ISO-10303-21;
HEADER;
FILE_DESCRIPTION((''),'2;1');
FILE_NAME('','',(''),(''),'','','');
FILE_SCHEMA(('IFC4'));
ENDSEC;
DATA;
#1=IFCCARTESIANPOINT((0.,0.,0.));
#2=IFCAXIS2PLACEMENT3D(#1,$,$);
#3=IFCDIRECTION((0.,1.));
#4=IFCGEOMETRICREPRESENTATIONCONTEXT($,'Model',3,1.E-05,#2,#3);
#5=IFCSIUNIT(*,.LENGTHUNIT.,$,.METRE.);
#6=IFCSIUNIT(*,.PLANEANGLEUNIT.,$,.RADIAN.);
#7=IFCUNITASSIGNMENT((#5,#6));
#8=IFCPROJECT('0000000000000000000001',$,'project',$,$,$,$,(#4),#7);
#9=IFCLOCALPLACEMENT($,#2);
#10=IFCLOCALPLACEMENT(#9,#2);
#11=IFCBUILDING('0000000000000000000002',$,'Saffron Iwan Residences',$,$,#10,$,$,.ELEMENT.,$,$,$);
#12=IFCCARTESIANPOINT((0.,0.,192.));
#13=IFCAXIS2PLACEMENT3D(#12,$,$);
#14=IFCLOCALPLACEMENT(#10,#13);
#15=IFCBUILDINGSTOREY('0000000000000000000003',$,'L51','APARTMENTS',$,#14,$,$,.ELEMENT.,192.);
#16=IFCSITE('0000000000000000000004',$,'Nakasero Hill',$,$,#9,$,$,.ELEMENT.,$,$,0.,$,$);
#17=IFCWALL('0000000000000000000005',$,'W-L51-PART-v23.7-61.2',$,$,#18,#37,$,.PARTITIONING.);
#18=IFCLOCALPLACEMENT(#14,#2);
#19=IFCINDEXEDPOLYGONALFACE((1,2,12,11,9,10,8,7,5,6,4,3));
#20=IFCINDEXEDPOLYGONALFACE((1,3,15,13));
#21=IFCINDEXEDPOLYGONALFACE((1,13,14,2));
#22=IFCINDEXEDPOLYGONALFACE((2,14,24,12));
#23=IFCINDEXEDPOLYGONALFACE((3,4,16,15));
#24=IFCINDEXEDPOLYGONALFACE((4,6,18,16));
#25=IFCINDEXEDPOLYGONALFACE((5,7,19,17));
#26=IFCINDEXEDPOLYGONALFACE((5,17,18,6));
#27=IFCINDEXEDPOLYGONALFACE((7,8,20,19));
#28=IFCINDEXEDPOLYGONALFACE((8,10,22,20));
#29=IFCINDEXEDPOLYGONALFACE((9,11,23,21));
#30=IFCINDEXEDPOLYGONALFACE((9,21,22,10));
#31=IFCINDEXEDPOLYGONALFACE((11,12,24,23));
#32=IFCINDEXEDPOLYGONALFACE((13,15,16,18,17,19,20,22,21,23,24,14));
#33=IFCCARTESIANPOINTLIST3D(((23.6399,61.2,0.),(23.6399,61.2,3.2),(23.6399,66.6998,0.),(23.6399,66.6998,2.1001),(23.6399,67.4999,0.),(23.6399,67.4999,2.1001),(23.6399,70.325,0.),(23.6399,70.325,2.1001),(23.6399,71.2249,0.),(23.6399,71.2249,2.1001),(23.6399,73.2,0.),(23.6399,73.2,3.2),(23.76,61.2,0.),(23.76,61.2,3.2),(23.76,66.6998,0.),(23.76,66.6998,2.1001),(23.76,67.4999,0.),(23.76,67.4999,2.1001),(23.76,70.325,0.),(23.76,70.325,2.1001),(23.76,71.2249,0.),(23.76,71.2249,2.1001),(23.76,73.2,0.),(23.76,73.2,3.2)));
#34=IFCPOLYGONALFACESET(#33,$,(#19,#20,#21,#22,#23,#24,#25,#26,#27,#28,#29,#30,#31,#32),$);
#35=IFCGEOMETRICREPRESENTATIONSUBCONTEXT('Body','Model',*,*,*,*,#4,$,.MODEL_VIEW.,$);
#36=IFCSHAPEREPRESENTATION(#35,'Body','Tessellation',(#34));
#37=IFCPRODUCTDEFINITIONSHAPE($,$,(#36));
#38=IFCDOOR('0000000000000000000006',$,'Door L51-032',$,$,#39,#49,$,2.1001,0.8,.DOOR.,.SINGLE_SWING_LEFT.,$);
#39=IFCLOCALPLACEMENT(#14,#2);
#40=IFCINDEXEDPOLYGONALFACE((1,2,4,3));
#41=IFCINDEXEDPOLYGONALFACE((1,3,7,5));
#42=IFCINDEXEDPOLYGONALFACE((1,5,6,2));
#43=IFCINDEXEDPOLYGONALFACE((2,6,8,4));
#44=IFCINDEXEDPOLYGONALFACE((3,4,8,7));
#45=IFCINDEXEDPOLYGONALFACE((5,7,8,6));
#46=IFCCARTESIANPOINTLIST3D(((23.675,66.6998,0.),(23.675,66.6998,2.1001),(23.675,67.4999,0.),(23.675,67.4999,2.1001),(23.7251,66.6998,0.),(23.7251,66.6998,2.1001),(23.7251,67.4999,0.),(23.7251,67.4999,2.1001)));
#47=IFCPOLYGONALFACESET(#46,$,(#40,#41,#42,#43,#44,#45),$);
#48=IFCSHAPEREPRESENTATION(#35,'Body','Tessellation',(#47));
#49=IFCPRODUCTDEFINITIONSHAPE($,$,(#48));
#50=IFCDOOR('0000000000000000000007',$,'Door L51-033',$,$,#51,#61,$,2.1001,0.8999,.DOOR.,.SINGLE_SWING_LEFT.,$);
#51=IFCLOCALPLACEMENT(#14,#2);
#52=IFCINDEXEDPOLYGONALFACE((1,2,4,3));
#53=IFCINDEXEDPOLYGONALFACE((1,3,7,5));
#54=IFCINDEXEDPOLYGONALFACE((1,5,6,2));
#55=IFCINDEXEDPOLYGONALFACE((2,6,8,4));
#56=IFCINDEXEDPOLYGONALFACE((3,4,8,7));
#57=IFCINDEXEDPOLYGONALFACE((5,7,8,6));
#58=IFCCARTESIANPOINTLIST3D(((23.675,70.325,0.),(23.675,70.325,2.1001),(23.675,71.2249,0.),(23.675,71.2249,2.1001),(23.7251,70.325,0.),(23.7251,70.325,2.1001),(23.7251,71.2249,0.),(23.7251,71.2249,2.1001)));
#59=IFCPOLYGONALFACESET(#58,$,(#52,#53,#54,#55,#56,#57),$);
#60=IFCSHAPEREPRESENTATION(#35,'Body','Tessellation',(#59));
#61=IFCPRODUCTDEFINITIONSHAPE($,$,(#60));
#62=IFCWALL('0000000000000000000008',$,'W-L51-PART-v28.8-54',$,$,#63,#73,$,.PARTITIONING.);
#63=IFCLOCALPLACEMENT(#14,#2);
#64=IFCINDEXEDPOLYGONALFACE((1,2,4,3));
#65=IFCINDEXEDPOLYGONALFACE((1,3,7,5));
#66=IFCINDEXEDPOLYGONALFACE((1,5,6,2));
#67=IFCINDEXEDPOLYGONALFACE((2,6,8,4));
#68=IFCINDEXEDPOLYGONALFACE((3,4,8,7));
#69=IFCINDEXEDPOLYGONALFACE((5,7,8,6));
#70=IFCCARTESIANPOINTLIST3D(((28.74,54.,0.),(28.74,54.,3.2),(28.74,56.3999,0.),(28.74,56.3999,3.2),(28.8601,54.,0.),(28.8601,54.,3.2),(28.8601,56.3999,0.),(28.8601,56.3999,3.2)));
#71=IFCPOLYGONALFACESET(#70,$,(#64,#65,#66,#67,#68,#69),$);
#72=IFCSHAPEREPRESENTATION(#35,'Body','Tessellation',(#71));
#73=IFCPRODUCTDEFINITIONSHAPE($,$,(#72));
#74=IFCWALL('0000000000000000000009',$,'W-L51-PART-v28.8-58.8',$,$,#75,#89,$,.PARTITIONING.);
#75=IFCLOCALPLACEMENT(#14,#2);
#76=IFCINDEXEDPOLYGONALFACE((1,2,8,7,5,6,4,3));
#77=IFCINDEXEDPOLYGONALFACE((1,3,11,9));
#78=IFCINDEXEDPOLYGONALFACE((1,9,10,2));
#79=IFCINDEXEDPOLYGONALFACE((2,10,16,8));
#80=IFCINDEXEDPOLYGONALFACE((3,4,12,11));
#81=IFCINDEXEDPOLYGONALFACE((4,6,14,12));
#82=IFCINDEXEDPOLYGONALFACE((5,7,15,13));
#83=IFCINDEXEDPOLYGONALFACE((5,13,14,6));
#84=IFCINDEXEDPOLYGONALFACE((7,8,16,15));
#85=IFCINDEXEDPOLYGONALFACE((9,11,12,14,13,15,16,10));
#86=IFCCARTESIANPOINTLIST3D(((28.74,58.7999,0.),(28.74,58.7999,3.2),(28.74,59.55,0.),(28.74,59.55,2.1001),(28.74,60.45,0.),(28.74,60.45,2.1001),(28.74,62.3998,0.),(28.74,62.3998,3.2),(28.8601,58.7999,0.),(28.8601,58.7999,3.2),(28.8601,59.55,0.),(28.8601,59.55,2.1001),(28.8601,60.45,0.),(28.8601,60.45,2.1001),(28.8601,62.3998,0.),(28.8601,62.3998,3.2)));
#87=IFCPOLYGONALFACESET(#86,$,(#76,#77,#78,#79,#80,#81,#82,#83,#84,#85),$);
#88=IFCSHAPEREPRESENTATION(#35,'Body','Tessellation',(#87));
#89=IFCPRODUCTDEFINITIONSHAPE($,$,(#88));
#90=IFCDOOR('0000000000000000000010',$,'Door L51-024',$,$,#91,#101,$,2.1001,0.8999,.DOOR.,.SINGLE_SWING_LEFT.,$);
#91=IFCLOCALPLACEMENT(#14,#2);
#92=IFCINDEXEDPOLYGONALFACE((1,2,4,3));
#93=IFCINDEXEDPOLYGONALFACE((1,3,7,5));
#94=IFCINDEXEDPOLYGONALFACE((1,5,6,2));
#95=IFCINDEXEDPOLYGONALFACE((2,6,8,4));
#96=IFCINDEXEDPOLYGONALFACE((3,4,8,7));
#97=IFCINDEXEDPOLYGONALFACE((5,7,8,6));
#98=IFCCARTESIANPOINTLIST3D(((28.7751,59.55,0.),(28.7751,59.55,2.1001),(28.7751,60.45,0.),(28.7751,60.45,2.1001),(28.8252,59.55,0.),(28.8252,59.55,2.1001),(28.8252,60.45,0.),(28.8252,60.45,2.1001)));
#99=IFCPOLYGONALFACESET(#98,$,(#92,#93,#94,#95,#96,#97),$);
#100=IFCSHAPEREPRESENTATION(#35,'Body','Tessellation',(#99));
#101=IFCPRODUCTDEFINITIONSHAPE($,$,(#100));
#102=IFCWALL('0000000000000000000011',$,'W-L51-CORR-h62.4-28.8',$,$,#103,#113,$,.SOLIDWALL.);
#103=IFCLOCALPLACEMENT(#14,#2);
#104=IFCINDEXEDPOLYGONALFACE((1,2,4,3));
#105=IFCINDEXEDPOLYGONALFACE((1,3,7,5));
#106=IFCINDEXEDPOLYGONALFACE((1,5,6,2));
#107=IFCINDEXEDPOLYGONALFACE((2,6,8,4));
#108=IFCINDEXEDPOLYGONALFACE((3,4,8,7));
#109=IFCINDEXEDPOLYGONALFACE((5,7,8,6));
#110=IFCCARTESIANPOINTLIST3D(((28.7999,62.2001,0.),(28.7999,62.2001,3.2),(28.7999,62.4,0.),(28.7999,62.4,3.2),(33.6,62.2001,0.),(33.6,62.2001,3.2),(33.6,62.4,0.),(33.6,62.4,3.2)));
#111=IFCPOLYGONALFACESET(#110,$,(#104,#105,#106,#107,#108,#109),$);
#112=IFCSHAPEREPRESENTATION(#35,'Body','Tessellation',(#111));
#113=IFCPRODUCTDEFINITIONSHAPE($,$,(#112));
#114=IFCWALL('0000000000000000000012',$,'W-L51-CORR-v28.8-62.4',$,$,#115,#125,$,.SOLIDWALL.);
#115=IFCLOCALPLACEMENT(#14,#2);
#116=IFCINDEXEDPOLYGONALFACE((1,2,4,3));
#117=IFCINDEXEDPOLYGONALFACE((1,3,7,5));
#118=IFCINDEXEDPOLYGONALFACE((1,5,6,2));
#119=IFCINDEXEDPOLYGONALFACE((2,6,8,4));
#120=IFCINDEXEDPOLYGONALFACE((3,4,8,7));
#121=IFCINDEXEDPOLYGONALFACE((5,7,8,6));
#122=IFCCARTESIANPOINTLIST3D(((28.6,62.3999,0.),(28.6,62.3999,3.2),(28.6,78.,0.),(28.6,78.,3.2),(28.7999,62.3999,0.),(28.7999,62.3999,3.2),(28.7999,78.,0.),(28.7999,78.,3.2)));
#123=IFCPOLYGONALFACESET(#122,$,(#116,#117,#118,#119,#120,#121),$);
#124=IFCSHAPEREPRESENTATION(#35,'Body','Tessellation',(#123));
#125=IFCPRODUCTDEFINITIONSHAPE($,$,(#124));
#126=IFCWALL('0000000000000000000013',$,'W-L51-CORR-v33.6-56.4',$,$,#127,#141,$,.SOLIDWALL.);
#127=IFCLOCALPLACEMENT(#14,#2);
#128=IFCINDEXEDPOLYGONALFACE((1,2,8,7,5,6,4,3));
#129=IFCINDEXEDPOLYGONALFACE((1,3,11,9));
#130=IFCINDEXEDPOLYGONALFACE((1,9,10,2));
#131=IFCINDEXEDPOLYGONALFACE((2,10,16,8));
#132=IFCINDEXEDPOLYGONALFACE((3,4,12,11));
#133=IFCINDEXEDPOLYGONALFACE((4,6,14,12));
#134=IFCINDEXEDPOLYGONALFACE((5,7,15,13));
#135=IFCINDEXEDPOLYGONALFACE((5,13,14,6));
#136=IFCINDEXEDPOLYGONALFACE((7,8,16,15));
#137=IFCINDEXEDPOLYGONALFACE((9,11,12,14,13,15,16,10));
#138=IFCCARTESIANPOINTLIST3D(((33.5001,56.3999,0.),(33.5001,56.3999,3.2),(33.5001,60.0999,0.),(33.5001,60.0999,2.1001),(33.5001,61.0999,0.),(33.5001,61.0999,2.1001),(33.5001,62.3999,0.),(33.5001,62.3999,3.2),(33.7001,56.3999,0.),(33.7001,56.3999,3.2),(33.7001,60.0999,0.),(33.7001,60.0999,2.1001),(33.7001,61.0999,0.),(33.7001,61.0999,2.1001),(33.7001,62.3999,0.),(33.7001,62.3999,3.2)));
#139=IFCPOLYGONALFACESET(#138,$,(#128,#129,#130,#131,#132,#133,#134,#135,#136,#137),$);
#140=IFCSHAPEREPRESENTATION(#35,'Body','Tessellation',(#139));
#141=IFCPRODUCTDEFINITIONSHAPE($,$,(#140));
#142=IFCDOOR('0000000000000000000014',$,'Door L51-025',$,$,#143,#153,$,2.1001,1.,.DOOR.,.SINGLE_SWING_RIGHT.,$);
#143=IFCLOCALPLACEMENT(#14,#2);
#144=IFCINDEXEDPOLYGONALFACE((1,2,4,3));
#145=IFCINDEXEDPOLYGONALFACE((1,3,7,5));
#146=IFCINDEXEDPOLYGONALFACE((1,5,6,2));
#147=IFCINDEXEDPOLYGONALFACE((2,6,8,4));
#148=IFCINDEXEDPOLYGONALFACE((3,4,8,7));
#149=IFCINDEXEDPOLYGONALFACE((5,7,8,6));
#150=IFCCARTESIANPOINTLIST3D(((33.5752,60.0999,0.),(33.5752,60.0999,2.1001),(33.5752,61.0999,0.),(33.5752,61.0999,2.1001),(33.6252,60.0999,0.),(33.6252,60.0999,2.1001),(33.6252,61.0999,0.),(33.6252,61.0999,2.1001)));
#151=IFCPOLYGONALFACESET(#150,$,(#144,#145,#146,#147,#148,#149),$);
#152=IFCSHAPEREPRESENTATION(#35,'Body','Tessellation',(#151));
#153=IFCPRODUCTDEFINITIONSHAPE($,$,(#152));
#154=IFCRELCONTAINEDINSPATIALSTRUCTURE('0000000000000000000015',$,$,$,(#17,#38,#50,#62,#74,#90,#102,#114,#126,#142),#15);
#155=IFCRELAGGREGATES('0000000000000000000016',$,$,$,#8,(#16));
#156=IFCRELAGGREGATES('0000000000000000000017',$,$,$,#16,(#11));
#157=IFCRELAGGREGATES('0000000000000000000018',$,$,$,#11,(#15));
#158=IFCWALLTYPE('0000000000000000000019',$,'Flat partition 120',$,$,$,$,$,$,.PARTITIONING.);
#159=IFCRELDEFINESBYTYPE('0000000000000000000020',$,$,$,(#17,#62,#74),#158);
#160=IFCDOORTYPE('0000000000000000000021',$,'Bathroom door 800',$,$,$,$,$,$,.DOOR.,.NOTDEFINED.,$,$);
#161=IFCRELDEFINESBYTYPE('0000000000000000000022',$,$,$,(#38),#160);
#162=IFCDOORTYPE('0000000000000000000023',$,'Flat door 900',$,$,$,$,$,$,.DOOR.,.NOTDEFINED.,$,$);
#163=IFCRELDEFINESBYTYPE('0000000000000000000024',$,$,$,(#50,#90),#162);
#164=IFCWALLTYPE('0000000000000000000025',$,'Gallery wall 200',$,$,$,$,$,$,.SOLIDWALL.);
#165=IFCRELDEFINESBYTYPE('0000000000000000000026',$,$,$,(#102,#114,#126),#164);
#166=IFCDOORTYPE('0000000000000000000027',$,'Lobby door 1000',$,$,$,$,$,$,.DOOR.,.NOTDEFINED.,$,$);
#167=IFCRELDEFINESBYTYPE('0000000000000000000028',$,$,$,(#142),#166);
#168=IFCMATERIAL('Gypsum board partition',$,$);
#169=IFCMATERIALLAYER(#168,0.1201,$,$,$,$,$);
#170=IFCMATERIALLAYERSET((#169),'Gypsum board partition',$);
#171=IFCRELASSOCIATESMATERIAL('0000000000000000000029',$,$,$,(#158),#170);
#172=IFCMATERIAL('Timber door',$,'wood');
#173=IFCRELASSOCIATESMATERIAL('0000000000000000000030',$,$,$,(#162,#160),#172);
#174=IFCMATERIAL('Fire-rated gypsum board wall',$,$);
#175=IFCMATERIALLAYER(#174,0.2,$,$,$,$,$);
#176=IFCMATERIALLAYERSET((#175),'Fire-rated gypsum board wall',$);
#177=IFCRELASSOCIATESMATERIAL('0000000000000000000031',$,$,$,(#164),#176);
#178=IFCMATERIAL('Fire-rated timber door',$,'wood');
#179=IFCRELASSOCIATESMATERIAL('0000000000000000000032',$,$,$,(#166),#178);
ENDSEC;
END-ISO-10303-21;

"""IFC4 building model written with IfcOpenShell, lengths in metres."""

from ifc_helpers import new_model, si_unit, direction, frame, frame_2d, origin, place, context, subcontext, project, spatial, rectangle, extrude, material, layer, layer_set, type_object, element, fill, save


model = new_model("IFC4")

# Units and contexts
model_context = context("Model", 3, precision=1e-05, world=origin(), true_north=direction((0.0, 1.0)))
body_context = subcontext(model_context, "Body", "Model", "MODEL_VIEW")
ifc_project = project(units=[si_unit("LENGTHUNIT", "METRE"), si_unit("PLANEANGLEUNIT", "RADIAN")], contexts=[model_context])

# Site, building, storey
site_placement = place(None, origin())
site = spatial("IfcSite", under=ifc_project, at=site_placement, Name="Nakasero Hill", CompositionType="ELEMENT", RefElevation=0.0)
building_placement = place(site_placement, origin())
building = spatial("IfcBuilding", under=site, at=building_placement, Name="Saffron Iwan Residences", CompositionType="ELEMENT")
storey_placement = place(building_placement, frame((0.0, 0.0, 192.0)))
storey = spatial("IfcBuildingStorey", under=building, at=storey_placement, Name="L51", Description="APARTMENTS", CompositionType="ELEMENT", Elevation=192.0)

# Shared definitions
ifc_material_1 = material(Name="Fire-rated gypsum board wall")
ifc_material_2 = material(Name="Gypsum board partition")
ifc_layer_1 = layer(ifc_material_2, 0.1201)
ifc_layer_set_1 = layer_set([ifc_layer_1], Name="Gypsum board partition")
wall_type_1 = type_object("IfcWallType", Name="Flat partition 120", PredefinedType="PARTITIONING", material=ifc_layer_set_1)

# Shared definitions
ifc_material_3 = material(Name="Timber door", Category="wood")
door_type_1 = type_object("IfcDoorType", Name="Flat door 900", OperationType="NOTDEFINED", PredefinedType="DOOR", material=ifc_material_3)

# Wall, openings, doors
wall_1_placement = place(storey_placement, frame((23.7, 61.2, 0.0), z_axis=(0.0, 0.0, 1.0), x_axis=(0.0, 1.0, 0.0)))
wall_1 = element("IfcWall", 1, at=wall_1_placement, inside=storey, type_object=wall_type_1, Name="W-L51-PART-v23.7-61.2", PredefinedType="PARTITIONING", context=body_context, shape_type="SweptSolid", body=[
    extrude(rectangle(XDim=12.0, YDim=0.1201, at=frame_2d((6.0, 0.0))), origin(), (0.0, 0.0, 1.0), 3.2),
])
opening_1_placement = place(wall_1_placement, frame((5.5, 0.0, 0.0)))
opening_1 = element("IfcOpeningElement", 2, at=opening_1_placement, cuts=wall_1, PredefinedType="OPENING", context=body_context, shape_type="SweptSolid", body=[
    extrude(rectangle(XDim=0.8, YDim=2.1001, at=frame_2d((0.3999, 1.05))), frame((0.0, 0.0701, 0.0), z_axis=(0.0, -1.0, 0.0), x_axis=(1.0, 0.0, 0.0)), (0.0, 0.0, 1.0), 0.1401),
])
opening_2_placement = place(wall_1_placement, frame((9.125, 0.0, 0.0)))
opening_2 = element("IfcOpeningElement", 3, at=opening_2_placement, cuts=wall_1, PredefinedType="OPENING", context=body_context, shape_type="SweptSolid", body=[
    extrude(rectangle(XDim=0.8999, YDim=2.1001, at=frame_2d((0.45, 1.05))), frame((0.0, 0.0701, 0.0), z_axis=(0.0, -1.0, 0.0), x_axis=(1.0, 0.0, 0.0)), (0.0, 0.0, 1.0), 0.1401),
])
door_type_2 = type_object("IfcDoorType", Name="Bathroom door 800", OperationType="NOTDEFINED", PredefinedType="DOOR", material=ifc_material_3)
door_1_placement = place(opening_1_placement, origin())
door_1 = element("IfcDoor", 4, at=door_1_placement, inside=storey, type_object=door_type_2, Name="Door L51-032", OperationType="SINGLE_SWING_LEFT", OverallHeight=2.1001, OverallWidth=0.8, PredefinedType="DOOR", context=body_context, shape_type="SweptSolid", body=[
    extrude(rectangle(XDim=0.8, YDim=2.1001, at=frame_2d((0.3999, 1.05))), frame((0.0, 0.0249, 0.0), z_axis=(0.0, -1.0, 0.0), x_axis=(1.0, 0.0, 0.0)), (0.0, 0.0, 1.0), 0.05),
])
fill(opening_1, door_1)
door_2_placement = place(opening_2_placement, origin())
door_2 = element("IfcDoor", 5, at=door_2_placement, inside=storey, type_object=door_type_1, Name="Door L51-033", OperationType="SINGLE_SWING_LEFT", OverallHeight=2.1001, OverallWidth=0.8999, PredefinedType="DOOR", context=body_context, shape_type="SweptSolid", body=[
    extrude(rectangle(XDim=0.8999, YDim=2.1001, at=frame_2d((0.45, 1.05))), frame((0.0, 0.0249, 0.0), z_axis=(0.0, -1.0, 0.0), x_axis=(1.0, 0.0, 0.0)), (0.0, 0.0, 1.0), 0.05),
])
fill(opening_2, door_2)

# Wall
wall_2_placement = place(storey_placement, frame((28.8, 54.0, 0.0), z_axis=(0.0, 0.0, 1.0), x_axis=(0.0, 1.0, 0.0)))
element("IfcWall", 6, at=wall_2_placement, inside=storey, type_object=wall_type_1, Name="W-L51-PART-v28.8-54", PredefinedType="PARTITIONING", context=body_context, shape_type="SweptSolid", body=[
    extrude(rectangle(XDim=2.3999, YDim=0.1201, at=frame_2d((1.2, 0.0))), origin(), (0.0, 0.0, 1.0), 3.2),
])

# Wall, opening, door
wall_3_placement = place(storey_placement, frame((28.8, 58.8, 0.0), z_axis=(0.0, 0.0, 1.0), x_axis=(0.0, 1.0, 0.0)))
wall_3 = element("IfcWall", 7, at=wall_3_placement, inside=storey, type_object=wall_type_1, Name="W-L51-PART-v28.8-58.8", PredefinedType="PARTITIONING", context=body_context, shape_type="SweptSolid", body=[
    extrude(rectangle(XDim=3.5999, YDim=0.1201, at=frame_2d((1.7998, 0.0))), origin(), (0.0, 0.0, 1.0), 3.2),
])
opening_3_placement = place(wall_3_placement, frame((0.75, 0.0, 0.0)))
opening_3 = element("IfcOpeningElement", 8, at=opening_3_placement, cuts=wall_3, PredefinedType="OPENING", context=body_context, shape_type="SweptSolid", body=[
    extrude(rectangle(XDim=0.8999, YDim=2.1001, at=frame_2d((0.45, 1.05))), frame((0.0, 0.0701, 0.0), z_axis=(0.0, -1.0, 0.0), x_axis=(1.0, 0.0, 0.0)), (0.0, 0.0, 1.0), 0.1401),
])
door_3_placement = place(opening_3_placement, origin())
door_3 = element("IfcDoor", 9, at=door_3_placement, inside=storey, type_object=door_type_1, Name="Door L51-024", OperationType="SINGLE_SWING_LEFT", OverallHeight=2.1001, OverallWidth=0.8999, PredefinedType="DOOR", context=body_context, shape_type="SweptSolid", body=[
    extrude(rectangle(XDim=0.8999, YDim=2.1001, at=frame_2d((0.45, 1.05))), frame((0.0, 0.0249, 0.0), z_axis=(0.0, -1.0, 0.0), x_axis=(1.0, 0.0, 0.0)), (0.0, 0.0, 1.0), 0.05),
])
fill(opening_3, door_3)

# Walls
ifc_layer_2 = layer(ifc_material_1, 0.2)
ifc_layer_set_2 = layer_set([ifc_layer_2], Name="Fire-rated gypsum board wall")
wall_type_2 = type_object("IfcWallType", Name="Gallery wall 200", PredefinedType="SOLIDWALL", material=ifc_layer_set_2)
wall_4_placement = place(storey_placement, frame((28.8, 62.3, 0.0), z_axis=(0.0, 0.0, 1.0), x_axis=(1.0, 0.0, 0.0)))
element("IfcWall", 10, at=wall_4_placement, inside=storey, type_object=wall_type_2, Name="W-L51-CORR-h62.4-28.8", PredefinedType="SOLIDWALL", context=body_context, shape_type="SweptSolid", body=[
    extrude(rectangle(XDim=4.8, YDim=0.2, at=frame_2d((2.3999, 0.0))), origin(), (0.0, 0.0, 1.0), 3.2),
])
wall_5_placement = place(storey_placement, frame((28.7, 62.3999, 0.0), z_axis=(0.0, 0.0, 1.0), x_axis=(0.0, 1.0, 0.0)))
element("IfcWall", 11, at=wall_5_placement, inside=storey, type_object=wall_type_2, Name="W-L51-CORR-v28.8-62.4", PredefinedType="SOLIDWALL", context=body_context, shape_type="SweptSolid", body=[
    extrude(rectangle(XDim=15.6001, YDim=0.2, at=frame_2d((7.8, 0.0))), origin(), (0.0, 0.0, 1.0), 3.2),
])

# Wall, opening, door
wall_6_placement = place(storey_placement, frame((33.6001, 56.3999, 0.0), z_axis=(0.0, 0.0, 1.0), x_axis=(0.0, 1.0, 0.0)))
wall_6 = element("IfcWall", 12, at=wall_6_placement, inside=storey, type_object=wall_type_2, Name="W-L51-CORR-v33.6-56.4", PredefinedType="SOLIDWALL", context=body_context, shape_type="SweptSolid", body=[
    extrude(rectangle(XDim=6.0, YDim=0.2, at=frame_2d((3.0, 0.0))), origin(), (0.0, 0.0, 1.0), 3.2),
])
opening_4_placement = place(wall_6_placement, frame((3.7, 0.0, 0.0)))
opening_4 = element("IfcOpeningElement", 13, at=opening_4_placement, cuts=wall_6, PredefinedType="OPENING", context=body_context, shape_type="SweptSolid", body=[
    extrude(rectangle(XDim=1.0, YDim=2.1001, at=frame_2d((0.5, 1.05))), frame((0.0, 0.1099, 0.0), z_axis=(0.0, -1.0, 0.0), x_axis=(1.0, 0.0, 0.0)), (0.0, 0.0, 1.0), 0.22),
])
ifc_material_4 = material(Name="Fire-rated timber door", Category="wood")
door_type_3 = type_object("IfcDoorType", Name="Lobby door 1000", OperationType="NOTDEFINED", PredefinedType="DOOR", material=ifc_material_4)
door_4_placement = place(opening_4_placement, origin())
door_4 = element("IfcDoor", 14, at=door_4_placement, inside=storey, type_object=door_type_3, Name="Door L51-025", OperationType="SINGLE_SWING_RIGHT", OverallHeight=2.1001, OverallWidth=1.0, PredefinedType="DOOR", context=body_context, shape_type="SweptSolid", body=[
    extrude(rectangle(XDim=1.0, YDim=2.1001, at=frame_2d((0.5, 1.05))), frame((0.0, 0.0249, 0.0), z_axis=(0.0, -1.0, 0.0), x_axis=(1.0, 0.0, 0.0)), (0.0, 0.0, 1.0), 0.05),
])
fill(opening_4, door_4)

save(model, "model.ifc")
